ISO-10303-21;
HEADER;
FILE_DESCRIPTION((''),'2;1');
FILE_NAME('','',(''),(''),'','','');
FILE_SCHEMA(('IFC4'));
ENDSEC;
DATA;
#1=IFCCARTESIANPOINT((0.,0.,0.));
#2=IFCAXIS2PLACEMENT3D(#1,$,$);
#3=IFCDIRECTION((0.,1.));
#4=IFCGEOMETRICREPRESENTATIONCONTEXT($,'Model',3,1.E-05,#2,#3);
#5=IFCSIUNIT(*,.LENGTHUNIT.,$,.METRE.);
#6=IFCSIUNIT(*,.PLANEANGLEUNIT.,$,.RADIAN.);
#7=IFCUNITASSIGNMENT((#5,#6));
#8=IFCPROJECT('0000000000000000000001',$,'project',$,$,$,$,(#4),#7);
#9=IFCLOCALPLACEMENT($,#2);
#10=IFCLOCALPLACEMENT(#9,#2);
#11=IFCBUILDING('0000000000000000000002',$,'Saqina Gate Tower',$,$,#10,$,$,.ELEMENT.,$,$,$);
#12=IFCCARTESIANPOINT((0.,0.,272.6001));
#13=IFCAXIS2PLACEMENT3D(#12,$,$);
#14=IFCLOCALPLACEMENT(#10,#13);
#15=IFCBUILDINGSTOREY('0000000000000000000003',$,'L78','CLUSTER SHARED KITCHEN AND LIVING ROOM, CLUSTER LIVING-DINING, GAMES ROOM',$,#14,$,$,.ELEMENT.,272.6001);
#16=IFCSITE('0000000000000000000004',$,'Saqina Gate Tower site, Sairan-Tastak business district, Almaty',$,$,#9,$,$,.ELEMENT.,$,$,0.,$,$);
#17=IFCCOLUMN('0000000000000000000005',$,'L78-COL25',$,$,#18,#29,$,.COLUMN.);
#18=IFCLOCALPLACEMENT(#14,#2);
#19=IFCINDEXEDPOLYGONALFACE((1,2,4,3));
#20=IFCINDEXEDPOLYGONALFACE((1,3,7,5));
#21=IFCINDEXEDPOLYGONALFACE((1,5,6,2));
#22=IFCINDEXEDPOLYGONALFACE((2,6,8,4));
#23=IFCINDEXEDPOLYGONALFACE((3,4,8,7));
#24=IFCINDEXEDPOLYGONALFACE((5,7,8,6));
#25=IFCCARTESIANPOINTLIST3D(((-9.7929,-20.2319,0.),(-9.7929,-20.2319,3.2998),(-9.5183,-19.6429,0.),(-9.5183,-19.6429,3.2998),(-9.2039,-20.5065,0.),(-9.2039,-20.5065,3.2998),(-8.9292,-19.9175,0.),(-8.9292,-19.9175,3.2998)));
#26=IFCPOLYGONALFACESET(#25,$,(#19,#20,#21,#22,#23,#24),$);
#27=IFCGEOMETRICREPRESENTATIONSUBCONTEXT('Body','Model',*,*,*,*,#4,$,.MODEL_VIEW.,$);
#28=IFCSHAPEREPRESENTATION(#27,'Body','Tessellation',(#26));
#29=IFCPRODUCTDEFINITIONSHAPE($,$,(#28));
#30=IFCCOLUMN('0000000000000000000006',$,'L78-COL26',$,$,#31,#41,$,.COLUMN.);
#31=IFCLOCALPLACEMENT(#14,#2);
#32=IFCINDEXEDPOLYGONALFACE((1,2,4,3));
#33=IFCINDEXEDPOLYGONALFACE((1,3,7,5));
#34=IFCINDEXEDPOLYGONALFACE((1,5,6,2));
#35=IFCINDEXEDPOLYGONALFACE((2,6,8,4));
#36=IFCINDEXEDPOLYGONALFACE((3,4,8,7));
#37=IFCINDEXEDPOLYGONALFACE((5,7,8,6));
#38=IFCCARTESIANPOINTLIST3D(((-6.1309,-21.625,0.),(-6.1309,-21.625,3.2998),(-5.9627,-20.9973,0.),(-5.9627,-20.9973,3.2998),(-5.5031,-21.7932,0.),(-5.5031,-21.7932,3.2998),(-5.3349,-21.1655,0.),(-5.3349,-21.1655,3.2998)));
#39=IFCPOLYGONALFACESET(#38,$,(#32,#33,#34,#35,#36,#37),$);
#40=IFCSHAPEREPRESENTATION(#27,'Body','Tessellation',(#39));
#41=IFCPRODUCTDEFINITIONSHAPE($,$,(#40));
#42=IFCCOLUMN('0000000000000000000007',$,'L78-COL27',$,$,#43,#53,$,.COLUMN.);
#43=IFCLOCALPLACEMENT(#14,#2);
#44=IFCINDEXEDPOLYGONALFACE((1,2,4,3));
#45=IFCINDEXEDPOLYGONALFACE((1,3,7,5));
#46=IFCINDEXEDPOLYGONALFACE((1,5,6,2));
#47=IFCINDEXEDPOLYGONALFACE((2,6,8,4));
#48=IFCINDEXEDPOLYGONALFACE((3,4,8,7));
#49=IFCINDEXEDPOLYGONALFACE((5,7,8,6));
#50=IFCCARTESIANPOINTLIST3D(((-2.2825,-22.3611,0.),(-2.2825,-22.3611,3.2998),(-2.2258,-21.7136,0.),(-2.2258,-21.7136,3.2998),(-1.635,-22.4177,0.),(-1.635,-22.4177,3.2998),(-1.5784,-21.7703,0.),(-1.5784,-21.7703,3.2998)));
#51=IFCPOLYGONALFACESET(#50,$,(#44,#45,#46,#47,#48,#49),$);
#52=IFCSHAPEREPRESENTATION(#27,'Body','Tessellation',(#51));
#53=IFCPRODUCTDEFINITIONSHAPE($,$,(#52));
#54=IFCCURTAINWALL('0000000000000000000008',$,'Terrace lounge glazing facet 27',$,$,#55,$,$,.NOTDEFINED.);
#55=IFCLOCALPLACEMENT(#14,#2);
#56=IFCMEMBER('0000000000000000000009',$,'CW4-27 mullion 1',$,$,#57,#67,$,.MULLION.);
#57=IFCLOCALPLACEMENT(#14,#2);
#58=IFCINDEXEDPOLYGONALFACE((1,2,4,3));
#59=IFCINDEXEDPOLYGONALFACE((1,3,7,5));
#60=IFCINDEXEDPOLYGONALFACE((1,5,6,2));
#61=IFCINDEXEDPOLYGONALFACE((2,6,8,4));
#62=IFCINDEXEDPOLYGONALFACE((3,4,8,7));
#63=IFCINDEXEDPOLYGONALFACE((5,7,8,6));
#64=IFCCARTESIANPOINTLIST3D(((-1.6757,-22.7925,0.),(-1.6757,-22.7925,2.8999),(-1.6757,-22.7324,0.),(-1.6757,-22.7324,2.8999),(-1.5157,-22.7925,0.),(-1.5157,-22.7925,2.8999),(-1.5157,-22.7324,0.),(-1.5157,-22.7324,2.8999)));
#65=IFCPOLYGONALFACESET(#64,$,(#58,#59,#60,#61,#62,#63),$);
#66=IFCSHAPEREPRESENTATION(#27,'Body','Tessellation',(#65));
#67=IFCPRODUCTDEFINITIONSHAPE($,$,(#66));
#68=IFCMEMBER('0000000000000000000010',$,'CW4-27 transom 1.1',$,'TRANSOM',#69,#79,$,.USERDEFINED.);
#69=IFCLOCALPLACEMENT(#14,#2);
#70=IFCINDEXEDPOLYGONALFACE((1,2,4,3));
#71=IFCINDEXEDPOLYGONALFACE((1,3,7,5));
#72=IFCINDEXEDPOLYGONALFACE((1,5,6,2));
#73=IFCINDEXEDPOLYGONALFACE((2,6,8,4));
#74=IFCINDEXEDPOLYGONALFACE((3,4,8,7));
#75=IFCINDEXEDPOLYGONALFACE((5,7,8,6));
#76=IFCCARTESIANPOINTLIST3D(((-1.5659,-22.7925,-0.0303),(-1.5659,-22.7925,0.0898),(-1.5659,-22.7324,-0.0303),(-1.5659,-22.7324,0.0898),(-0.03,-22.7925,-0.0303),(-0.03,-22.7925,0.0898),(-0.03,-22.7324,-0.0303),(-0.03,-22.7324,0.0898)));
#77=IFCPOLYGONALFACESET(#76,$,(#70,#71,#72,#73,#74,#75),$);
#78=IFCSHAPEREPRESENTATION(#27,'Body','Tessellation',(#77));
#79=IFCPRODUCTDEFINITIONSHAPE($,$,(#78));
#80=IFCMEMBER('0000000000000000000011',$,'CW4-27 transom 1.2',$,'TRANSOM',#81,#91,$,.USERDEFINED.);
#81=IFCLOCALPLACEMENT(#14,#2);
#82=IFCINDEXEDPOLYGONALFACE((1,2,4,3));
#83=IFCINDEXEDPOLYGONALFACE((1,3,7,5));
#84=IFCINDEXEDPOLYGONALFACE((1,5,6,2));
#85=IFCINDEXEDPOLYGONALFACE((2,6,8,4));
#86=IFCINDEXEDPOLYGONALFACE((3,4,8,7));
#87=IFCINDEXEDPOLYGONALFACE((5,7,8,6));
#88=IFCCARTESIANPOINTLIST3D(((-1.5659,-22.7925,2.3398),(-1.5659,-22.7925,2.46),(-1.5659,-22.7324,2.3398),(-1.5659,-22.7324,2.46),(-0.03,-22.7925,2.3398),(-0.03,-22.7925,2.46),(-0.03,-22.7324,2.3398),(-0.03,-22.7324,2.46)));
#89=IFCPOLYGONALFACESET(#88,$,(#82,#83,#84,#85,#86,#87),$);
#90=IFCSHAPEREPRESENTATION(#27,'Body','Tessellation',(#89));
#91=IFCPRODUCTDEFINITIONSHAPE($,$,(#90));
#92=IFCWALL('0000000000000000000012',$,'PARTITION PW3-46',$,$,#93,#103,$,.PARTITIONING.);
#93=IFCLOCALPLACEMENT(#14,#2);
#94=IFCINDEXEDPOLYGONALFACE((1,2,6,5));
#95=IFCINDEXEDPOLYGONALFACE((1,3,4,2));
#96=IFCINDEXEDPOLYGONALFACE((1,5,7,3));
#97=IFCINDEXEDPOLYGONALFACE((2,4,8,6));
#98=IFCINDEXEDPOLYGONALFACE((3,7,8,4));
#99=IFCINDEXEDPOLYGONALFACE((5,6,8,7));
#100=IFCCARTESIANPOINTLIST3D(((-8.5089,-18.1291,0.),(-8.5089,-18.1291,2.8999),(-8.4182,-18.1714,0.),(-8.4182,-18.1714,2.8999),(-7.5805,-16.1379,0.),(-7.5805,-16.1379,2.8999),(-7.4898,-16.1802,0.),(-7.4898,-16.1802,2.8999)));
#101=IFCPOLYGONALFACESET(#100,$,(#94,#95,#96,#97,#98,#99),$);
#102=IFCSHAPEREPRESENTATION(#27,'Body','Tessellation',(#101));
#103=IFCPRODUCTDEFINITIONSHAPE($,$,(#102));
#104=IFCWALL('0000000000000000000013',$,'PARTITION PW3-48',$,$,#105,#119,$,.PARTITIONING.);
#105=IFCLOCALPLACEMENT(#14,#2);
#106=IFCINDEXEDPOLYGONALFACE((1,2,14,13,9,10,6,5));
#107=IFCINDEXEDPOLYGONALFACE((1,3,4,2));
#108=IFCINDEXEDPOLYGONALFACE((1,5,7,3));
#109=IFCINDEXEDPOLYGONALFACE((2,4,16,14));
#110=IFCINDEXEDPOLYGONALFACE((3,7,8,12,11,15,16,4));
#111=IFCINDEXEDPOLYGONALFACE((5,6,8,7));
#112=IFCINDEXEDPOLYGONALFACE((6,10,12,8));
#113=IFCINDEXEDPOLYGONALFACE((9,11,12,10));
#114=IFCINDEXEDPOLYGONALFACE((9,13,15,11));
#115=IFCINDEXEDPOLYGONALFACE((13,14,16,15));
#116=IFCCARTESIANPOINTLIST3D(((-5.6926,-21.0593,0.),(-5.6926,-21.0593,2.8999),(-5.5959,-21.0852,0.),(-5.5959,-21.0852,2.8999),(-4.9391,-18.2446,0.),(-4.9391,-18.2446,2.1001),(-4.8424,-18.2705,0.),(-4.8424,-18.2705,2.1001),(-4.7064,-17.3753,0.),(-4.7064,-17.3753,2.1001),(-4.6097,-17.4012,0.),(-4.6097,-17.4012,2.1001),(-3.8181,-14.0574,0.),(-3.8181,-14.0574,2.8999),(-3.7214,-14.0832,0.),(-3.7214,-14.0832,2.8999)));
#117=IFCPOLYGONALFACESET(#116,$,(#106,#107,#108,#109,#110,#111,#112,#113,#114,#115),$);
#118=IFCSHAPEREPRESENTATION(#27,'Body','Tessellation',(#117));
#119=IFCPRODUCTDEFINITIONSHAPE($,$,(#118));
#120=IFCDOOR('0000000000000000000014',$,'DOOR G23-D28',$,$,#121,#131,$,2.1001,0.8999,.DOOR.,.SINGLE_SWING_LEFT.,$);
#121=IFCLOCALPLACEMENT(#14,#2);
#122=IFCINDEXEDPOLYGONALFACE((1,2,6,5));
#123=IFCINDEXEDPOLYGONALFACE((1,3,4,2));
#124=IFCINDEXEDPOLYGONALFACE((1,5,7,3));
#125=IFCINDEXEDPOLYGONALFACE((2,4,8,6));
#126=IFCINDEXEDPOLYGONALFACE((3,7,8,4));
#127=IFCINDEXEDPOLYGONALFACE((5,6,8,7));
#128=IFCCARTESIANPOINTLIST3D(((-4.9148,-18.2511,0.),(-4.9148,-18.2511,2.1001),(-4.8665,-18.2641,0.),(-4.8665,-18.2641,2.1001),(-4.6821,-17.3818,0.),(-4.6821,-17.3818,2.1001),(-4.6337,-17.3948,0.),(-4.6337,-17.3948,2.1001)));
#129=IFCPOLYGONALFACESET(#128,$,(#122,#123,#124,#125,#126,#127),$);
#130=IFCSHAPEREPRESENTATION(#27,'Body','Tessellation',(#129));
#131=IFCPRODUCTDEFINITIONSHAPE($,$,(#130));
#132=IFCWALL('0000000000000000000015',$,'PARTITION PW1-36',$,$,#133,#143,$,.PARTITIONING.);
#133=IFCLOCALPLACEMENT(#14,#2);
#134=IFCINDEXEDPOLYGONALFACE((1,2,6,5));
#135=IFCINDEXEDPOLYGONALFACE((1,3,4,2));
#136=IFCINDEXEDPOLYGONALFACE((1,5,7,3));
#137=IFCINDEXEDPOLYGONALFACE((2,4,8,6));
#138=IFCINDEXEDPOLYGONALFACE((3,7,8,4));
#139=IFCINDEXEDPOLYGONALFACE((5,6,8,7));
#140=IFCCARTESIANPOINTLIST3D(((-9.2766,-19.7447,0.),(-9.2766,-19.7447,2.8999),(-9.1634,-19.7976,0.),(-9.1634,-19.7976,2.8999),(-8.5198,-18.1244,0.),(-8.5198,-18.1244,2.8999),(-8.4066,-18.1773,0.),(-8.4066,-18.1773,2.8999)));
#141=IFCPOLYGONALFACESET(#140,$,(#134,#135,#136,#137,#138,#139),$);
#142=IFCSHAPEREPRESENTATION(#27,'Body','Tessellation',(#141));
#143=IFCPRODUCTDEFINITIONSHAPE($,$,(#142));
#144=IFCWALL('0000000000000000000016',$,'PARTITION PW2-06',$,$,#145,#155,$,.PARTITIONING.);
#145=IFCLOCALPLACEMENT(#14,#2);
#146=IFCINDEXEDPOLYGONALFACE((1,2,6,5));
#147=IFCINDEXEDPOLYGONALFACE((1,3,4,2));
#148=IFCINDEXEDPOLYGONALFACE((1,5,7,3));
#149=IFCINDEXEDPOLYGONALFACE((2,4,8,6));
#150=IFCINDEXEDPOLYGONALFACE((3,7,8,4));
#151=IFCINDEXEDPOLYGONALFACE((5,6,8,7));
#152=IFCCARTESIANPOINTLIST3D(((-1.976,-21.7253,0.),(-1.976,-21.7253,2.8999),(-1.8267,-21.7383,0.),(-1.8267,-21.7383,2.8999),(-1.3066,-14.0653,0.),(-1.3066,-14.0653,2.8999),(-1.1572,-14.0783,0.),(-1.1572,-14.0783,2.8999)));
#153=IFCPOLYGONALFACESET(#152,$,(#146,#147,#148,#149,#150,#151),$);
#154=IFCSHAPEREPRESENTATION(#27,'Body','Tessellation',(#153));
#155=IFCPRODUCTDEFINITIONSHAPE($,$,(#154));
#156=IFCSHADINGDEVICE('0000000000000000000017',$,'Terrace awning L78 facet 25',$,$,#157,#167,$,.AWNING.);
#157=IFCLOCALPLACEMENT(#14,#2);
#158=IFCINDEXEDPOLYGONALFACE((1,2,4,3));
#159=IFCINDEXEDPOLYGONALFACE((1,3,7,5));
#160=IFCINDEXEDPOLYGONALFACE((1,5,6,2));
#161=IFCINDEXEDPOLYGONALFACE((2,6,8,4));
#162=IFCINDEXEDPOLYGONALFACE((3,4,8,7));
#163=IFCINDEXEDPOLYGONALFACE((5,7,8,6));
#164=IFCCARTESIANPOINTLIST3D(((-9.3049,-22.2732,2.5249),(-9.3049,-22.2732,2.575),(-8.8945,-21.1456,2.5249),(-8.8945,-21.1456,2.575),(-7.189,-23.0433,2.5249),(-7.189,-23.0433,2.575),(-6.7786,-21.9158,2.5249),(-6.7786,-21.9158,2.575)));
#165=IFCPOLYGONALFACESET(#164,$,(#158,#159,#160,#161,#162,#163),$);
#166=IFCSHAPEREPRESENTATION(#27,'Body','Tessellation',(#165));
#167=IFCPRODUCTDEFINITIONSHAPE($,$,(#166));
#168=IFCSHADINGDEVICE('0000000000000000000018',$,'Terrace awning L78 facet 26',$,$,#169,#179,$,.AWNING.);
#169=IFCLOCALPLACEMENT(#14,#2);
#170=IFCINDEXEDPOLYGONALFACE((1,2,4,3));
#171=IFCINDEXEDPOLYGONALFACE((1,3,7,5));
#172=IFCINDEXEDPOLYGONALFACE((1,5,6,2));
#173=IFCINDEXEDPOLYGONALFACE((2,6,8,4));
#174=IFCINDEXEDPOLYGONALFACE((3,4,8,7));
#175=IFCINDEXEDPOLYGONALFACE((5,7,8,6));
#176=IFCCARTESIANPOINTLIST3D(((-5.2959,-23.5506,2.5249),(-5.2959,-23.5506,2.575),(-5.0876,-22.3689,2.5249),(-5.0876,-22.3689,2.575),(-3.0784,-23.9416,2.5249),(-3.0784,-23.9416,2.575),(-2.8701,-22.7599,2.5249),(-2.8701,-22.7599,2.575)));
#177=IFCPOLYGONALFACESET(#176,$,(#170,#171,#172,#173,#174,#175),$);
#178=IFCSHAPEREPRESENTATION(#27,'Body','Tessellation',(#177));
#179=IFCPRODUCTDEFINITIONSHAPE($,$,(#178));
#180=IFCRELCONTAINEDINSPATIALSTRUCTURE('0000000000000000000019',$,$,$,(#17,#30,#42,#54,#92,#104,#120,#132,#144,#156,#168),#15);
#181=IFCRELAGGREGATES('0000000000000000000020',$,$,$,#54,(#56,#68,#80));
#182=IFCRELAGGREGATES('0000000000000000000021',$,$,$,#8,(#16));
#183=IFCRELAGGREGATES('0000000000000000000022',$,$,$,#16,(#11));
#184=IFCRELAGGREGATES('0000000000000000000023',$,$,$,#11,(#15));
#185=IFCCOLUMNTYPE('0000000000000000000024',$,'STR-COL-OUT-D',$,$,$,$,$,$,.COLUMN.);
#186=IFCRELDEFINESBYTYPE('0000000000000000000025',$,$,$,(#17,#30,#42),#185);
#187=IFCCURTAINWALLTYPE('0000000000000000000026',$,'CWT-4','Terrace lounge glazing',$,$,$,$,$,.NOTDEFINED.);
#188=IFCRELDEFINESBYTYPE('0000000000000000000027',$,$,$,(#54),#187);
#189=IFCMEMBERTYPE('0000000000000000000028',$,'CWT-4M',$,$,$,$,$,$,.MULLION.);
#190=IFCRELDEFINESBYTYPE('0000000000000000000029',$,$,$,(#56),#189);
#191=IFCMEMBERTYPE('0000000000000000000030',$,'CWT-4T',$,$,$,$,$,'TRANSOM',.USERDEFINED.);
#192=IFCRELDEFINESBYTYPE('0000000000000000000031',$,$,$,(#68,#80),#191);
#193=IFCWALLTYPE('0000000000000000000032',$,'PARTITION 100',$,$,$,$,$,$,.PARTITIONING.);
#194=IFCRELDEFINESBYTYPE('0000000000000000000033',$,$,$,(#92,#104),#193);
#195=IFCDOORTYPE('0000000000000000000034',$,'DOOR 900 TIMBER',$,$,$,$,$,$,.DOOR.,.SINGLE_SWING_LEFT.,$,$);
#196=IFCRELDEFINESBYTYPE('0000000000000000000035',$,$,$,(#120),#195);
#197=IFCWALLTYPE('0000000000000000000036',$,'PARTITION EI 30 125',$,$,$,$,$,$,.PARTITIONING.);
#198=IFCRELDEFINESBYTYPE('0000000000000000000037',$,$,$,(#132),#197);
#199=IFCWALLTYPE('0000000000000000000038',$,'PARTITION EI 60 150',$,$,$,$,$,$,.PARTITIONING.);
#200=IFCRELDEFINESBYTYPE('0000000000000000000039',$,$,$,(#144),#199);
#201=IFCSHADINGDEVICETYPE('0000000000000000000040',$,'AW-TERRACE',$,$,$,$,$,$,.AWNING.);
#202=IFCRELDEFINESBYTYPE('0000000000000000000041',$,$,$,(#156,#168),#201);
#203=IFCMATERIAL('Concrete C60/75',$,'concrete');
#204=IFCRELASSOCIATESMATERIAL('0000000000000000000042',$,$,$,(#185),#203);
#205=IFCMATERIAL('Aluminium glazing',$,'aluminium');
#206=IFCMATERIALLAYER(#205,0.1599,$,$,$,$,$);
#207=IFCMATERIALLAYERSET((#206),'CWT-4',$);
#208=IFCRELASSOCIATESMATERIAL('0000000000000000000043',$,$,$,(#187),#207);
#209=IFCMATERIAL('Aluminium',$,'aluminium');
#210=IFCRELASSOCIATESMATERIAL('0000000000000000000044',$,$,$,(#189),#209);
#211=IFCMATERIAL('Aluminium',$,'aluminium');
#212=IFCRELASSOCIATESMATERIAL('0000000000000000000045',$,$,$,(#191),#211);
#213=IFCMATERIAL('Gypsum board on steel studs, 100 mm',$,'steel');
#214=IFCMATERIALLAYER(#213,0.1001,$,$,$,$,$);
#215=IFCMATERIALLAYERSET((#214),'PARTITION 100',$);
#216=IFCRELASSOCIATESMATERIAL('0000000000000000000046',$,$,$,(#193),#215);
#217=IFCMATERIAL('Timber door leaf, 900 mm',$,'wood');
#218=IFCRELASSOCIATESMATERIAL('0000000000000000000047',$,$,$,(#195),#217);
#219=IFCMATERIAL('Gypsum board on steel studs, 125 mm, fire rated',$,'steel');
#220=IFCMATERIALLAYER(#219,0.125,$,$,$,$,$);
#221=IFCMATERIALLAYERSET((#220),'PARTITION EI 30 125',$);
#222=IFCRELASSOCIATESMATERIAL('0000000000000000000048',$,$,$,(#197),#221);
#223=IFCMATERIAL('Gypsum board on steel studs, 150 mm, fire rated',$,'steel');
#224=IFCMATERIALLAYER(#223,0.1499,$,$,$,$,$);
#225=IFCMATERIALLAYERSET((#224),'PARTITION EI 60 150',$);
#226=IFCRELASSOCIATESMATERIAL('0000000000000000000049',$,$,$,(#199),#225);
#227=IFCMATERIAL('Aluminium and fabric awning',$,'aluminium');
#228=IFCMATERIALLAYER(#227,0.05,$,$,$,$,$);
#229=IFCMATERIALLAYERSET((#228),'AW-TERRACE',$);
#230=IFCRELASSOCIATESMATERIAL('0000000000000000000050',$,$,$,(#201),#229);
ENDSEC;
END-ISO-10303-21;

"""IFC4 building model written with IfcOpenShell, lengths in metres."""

from ifc_helpers import new_model, si_unit, direction, frame, frame_2d, origin, origin_2d, place, context, subcontext, project, spatial, rectangle, extrude, material, layer, layer_set, material_profile, profile_set, type_object, element, fill, aggregate, save


model = new_model("IFC4")

# Units and contexts
model_context = context("Model", 3, precision=1e-05, world=origin(), true_north=direction((0.0, 1.0)))
body_context = subcontext(model_context, "Body", "Model", "MODEL_VIEW")
ifc_project = project(units=[si_unit("LENGTHUNIT", "METRE"), si_unit("PLANEANGLEUNIT", "RADIAN")], contexts=[model_context])

# Site, building, storey
site_placement = place(None, origin())
site = spatial("IfcSite", under=ifc_project, at=site_placement, Name="Saqina Gate Tower site, Sairan-Tastak business district, Almaty", CompositionType="ELEMENT", RefElevation=0.0)
building_placement = place(site_placement, origin())
building = spatial("IfcBuilding", under=site, at=building_placement, Name="Saqina Gate Tower", CompositionType="ELEMENT")
storey_placement = place(building_placement, frame((0.0, 0.0, 272.6001)))
storey = spatial("IfcBuildingStorey", under=building, at=storey_placement, Name="L78", Description="CLUSTER SHARED KITCHEN AND LIVING ROOM, CLUSTER LIVING-DINING, GAMES ROOM", CompositionType="ELEMENT", Elevation=272.6001)

# Columns
ifc_material_1 = material(Name="Concrete C60/75", Category="concrete")
ifc_material_profile_1 = material_profile(ifc_material_1, rectangle(XDim=0.6499, YDim=0.6499, at=origin_2d()), Name="RC 650x650")
ifc_profile_set_1 = profile_set([ifc_material_profile_1], Name="Concrete C60/75")
column_type = type_object("IfcColumnType", Name="STR-COL-OUT-D", PredefinedType="COLUMN", material=ifc_profile_set_1)
for number, where, z_axis, x_axis, name in (
    (1, (-9.3611, -20.0747, 0.0), (0.0, 0.0, 1.0), (-0.422618, -0.906308, 0.0), "L78-COL25"),
    (2, (-5.7329, -21.3953, 0.0), (0.0, 0.0, 1.0), (-0.258819, -0.965926, 0.0), "L78-COL26"),
    (3, (-1.9304, -22.0657, 0.0), (0.0, 0.0, 1.0), (-0.087156, -0.996195, 0.0), "L78-COL27"),
):
    element("IfcColumn", number, at=place(storey_placement, frame(where, z_axis=z_axis, x_axis=x_axis)), inside=storey, type_object=column_type, Name=name, PredefinedType="COLUMN", context=body_context, shape_type="SweptSolid", body=[
        extrude(rectangle(XDim=0.6499, YDim=0.6499, at=origin_2d()), origin(), (0.0, 0.0, 1.0), 3.2998),
    ])

# Curtain wall, members
ifc_material_2 = material(Name="Aluminium glazing", Category="aluminium")
ifc_layer_1 = layer(ifc_material_2, 0.1599)
ifc_layer_set_1 = layer_set([ifc_layer_1], Name="CWT-4")
curtain_wall_type = type_object("IfcCurtainWallType", Name="CWT-4", Description="Terrace lounge glazing", PredefinedType="NOTDEFINED", material=ifc_layer_set_1)
curtain_wall_placement = place(storey_placement, origin())
curtain_wall = element("IfcCurtainWall", 4, at=curtain_wall_placement, inside=storey, type_object=curtain_wall_type, Name="Terrace lounge glazing facet 27", PredefinedType="NOTDEFINED")
ifc_material_3 = material(Name="Aluminium", Category="aluminium")
ifc_material_profile_2 = material_profile(ifc_material_3, rectangle(XDim=0.0601, YDim=0.1599, at=origin_2d()), Name="Aluminium 60x160")
ifc_profile_set_2 = profile_set([ifc_material_profile_2], Name="Aluminium")
member_type_1 = type_object("IfcMemberType", Name="CWT-4M", PredefinedType="MULLION", material=ifc_profile_set_2)
member_1_placement = place(storey_placement, frame((-1.5957, -22.7625, 0.0), z_axis=(0.0, 0.0, 1.0), x_axis=(0.0, 1.0, 0.0)))
member_1 = element("IfcMember", 5, at=member_1_placement, type_object=member_type_1, Name="CW4-27 mullion 1", PredefinedType="MULLION", context=body_context, shape_type="SweptSolid", body=[
    extrude(rectangle(XDim=0.0601, YDim=0.1599, at=origin_2d()), origin(), (0.0, 0.0, 1.0), 2.8999),
])
ifc_material_4 = material(Name="Aluminium", Category="aluminium")
ifc_material_profile_3 = material_profile(ifc_material_4, rectangle(XDim=0.0601, YDim=0.1201, at=origin_2d()), Name="Aluminium 60x120")
ifc_profile_set_3 = profile_set([ifc_material_profile_3], Name="Aluminium")
member_type_2 = type_object("IfcMemberType", Name="CWT-4T", ElementType="TRANSOM", PredefinedType="USERDEFINED", material=ifc_profile_set_3)
member_2_placement = place(storey_placement, frame((-1.5659, -22.7625, 0.0298), z_axis=(1.0, 0.0, 0.0), x_axis=(0.0, 1.0, 0.0)))
member_2 = element("IfcMember", 6, at=member_2_placement, type_object=member_type_2, Name="CW4-27 transom 1.1", ObjectType="TRANSOM", PredefinedType="USERDEFINED", context=body_context, shape_type="SweptSolid", body=[
    extrude(rectangle(XDim=0.0601, YDim=0.1201, at=origin_2d()), origin(), (0.0, 0.0, 1.0), 1.5359),
])
member_3_placement = place(storey_placement, frame((-1.5659, -22.7625, 2.3999), z_axis=(1.0, 0.0, 0.0), x_axis=(0.0, 1.0, 0.0)))
member_3 = element("IfcMember", 7, at=member_3_placement, type_object=member_type_2, Name="CW4-27 transom 1.2", ObjectType="TRANSOM", PredefinedType="USERDEFINED", context=body_context, shape_type="SweptSolid", body=[
    extrude(rectangle(XDim=0.0601, YDim=0.1201, at=origin_2d()), origin(), (0.0, 0.0, 1.0), 1.5359),
])
aggregate(curtain_wall, [member_1, member_2, member_3])

# Wall
ifc_material_5 = material(Name="Gypsum board on steel studs, 100 mm", Category="steel")
ifc_layer_2 = layer(ifc_material_5, 0.1001)
ifc_layer_set_2 = layer_set([ifc_layer_2], Name="PARTITION 100")
wall_type_1 = type_object("IfcWallType", Name="PARTITION 100", PredefinedType="PARTITIONING", material=ifc_layer_set_2)
wall_1_placement = place(storey_placement, frame((-8.4636, -18.1504, 0.0), z_axis=(0.0, 0.0, 1.0), x_axis=(0.4226, 0.906317, 0.0)))
element("IfcWall", 8, at=wall_1_placement, inside=storey, type_object=wall_type_1, Name="PARTITION PW3-46", PredefinedType="PARTITIONING", context=body_context, shape_type="SweptSolid", body=[
    extrude(rectangle(XDim=2.197, YDim=0.1001, at=frame_2d((1.0986, 0.0))), origin(), (0.0, 0.0, 1.0), 2.8999),
])

# Wall, opening, door
wall_2_placement = place(storey_placement, frame((-5.6443, -21.0723, 0.0), z_axis=(0.0, 0.0, 1.0), x_axis=(0.258606, 0.965983, 0.0)))
wall_2 = element("IfcWall", 9, at=wall_2_placement, inside=storey, type_object=wall_type_1, Name="PARTITION PW3-48", PredefinedType="PARTITIONING", context=body_context, shape_type="SweptSolid", body=[
    extrude(rectangle(XDim=7.2485, YDim=0.1001, at=frame_2d((3.6243, 0.0))), origin(), (0.0, 0.0, 1.0), 2.8999),
])
opening_1_placement = place(wall_2_placement, frame((2.9138, 0.0, 0.0)))
opening_1 = element("IfcOpeningElement", 10, at=opening_1_placement, cuts=wall_2, PredefinedType="OPENING", context=body_context, shape_type="SweptSolid", body=[
    extrude(rectangle(XDim=0.8999, YDim=2.1001, at=frame_2d((0.45, 1.05))), frame((0.0, 0.062, 0.0), z_axis=(0.0, -1.0, 0.0), x_axis=(1.0, 0.0, 0.0)), (0.0, 0.0, 1.0), 0.124),
])
ifc_material_6 = material(Name="Timber door leaf, 900 mm", Category="wood")
door_type_1 = type_object("IfcDoorType", Name="DOOR 900 TIMBER", OperationType="SINGLE_SWING_LEFT", PredefinedType="DOOR", material=ifc_material_6)
door_1_placement = place(opening_1_placement, origin())
door_1 = element("IfcDoor", 11, at=door_1_placement, inside=storey, type_object=door_type_1, Name="DOOR G23-D28", OperationType="SINGLE_SWING_LEFT", OverallHeight=2.1001, OverallWidth=0.8999, PredefinedType="DOOR", context=body_context, shape_type="SweptSolid", body=[
    extrude(rectangle(XDim=0.8999, YDim=2.1001, at=frame_2d((0.45, 1.05))), frame((0.0, 0.0249, 0.0), z_axis=(0.0, -1.0, 0.0), x_axis=(1.0, 0.0, 0.0)), (0.0, 0.0, 1.0), 0.05),
])
fill(opening_1, door_1)

# Walls
ifc_material_7 = material(Name="Gypsum board on steel studs, 125 mm, fire rated", Category="steel")
ifc_layer_3 = layer(ifc_material_7, 0.125)
ifc_layer_set_3 = layer_set([ifc_layer_3], Name="PARTITION EI 30 125")
wall_type_2 = type_object("IfcWallType", Name="PARTITION EI 30 125", PredefinedType="PARTITIONING", material=ifc_layer_set_3)
wall_3_placement = place(storey_placement, frame((-9.22, -19.771, 0.0), z_axis=(0.0, 0.0, 1.0), x_axis=(0.423192, 0.90604, 0.0)))
element("IfcWall", 12, at=wall_3_placement, inside=storey, type_object=wall_type_2, Name="PARTITION PW1-36", PredefinedType="PARTITIONING", context=body_context, shape_type="SweptSolid", body=[
    extrude(rectangle(XDim=1.7883, YDim=0.125, at=frame_2d((0.894, 0.0))), origin(), (0.0, 0.0, 1.0), 2.8999),
])
ifc_material_8 = material(Name="Gypsum board on steel studs, 150 mm, fire rated", Category="steel")
ifc_layer_4 = layer(ifc_material_8, 0.1499)
ifc_layer_set_4 = layer_set([ifc_layer_4], Name="PARTITION EI 60 150")
wall_type_3 = type_object("IfcWallType", Name="PARTITION EI 60 150", PredefinedType="PARTITIONING", material=ifc_layer_set_4)
wall_4_placement = place(storey_placement, frame((-1.9014, -21.7319, 0.0), z_axis=(0.0, 0.0, 1.0), x_axis=(0.087063, 0.996203, 0.0)))
element("IfcWall", 13, at=wall_4_placement, inside=storey, type_object=wall_type_3, Name="PARTITION PW2-06", PredefinedType="PARTITIONING", context=body_context, shape_type="SweptSolid", body=[
    extrude(rectangle(XDim=7.6892, YDim=0.1499, at=frame_2d((3.8447, 0.0))), origin(), (0.0, 0.0, 1.0), 2.8999),
])

# Shading devices
ifc_material_9 = material(Name="Aluminium and fabric awning", Category="aluminium")
ifc_layer_5 = layer(ifc_material_9, 0.05)
ifc_layer_set_5 = layer_set([ifc_layer_5], Name="AW-TERRACE")
shading_device_type = type_object("IfcShadingDeviceType", Name="AW-TERRACE", PredefinedType="AWNING", material=ifc_layer_set_5)
for number, where, z_axis, x_axis, name in (
    (14, (-8.0417, -22.0945, 2.5249), (0.0, 0.0, 1.0), (0.939693, -0.34202, 0.0), "Terrace awning L78 facet 25"),
    (15, (-4.083, -23.1553, 2.5249), (0.0, 0.0, 1.0), (0.984808, -0.173648, 0.0), "Terrace awning L78 facet 26"),
):
    element("IfcShadingDevice", number, at=place(storey_placement, frame(where, z_axis=z_axis, x_axis=x_axis)), inside=storey, type_object=shading_device_type, Name=name, PredefinedType="AWNING", context=body_context, shape_type="SweptSolid", body=[
        extrude(rectangle(XDim=2.2517, YDim=1.2, at=origin_2d()), origin(), (0.0, 0.0, 1.0), 0.05),
    ])

save(model, "model.ifc")
